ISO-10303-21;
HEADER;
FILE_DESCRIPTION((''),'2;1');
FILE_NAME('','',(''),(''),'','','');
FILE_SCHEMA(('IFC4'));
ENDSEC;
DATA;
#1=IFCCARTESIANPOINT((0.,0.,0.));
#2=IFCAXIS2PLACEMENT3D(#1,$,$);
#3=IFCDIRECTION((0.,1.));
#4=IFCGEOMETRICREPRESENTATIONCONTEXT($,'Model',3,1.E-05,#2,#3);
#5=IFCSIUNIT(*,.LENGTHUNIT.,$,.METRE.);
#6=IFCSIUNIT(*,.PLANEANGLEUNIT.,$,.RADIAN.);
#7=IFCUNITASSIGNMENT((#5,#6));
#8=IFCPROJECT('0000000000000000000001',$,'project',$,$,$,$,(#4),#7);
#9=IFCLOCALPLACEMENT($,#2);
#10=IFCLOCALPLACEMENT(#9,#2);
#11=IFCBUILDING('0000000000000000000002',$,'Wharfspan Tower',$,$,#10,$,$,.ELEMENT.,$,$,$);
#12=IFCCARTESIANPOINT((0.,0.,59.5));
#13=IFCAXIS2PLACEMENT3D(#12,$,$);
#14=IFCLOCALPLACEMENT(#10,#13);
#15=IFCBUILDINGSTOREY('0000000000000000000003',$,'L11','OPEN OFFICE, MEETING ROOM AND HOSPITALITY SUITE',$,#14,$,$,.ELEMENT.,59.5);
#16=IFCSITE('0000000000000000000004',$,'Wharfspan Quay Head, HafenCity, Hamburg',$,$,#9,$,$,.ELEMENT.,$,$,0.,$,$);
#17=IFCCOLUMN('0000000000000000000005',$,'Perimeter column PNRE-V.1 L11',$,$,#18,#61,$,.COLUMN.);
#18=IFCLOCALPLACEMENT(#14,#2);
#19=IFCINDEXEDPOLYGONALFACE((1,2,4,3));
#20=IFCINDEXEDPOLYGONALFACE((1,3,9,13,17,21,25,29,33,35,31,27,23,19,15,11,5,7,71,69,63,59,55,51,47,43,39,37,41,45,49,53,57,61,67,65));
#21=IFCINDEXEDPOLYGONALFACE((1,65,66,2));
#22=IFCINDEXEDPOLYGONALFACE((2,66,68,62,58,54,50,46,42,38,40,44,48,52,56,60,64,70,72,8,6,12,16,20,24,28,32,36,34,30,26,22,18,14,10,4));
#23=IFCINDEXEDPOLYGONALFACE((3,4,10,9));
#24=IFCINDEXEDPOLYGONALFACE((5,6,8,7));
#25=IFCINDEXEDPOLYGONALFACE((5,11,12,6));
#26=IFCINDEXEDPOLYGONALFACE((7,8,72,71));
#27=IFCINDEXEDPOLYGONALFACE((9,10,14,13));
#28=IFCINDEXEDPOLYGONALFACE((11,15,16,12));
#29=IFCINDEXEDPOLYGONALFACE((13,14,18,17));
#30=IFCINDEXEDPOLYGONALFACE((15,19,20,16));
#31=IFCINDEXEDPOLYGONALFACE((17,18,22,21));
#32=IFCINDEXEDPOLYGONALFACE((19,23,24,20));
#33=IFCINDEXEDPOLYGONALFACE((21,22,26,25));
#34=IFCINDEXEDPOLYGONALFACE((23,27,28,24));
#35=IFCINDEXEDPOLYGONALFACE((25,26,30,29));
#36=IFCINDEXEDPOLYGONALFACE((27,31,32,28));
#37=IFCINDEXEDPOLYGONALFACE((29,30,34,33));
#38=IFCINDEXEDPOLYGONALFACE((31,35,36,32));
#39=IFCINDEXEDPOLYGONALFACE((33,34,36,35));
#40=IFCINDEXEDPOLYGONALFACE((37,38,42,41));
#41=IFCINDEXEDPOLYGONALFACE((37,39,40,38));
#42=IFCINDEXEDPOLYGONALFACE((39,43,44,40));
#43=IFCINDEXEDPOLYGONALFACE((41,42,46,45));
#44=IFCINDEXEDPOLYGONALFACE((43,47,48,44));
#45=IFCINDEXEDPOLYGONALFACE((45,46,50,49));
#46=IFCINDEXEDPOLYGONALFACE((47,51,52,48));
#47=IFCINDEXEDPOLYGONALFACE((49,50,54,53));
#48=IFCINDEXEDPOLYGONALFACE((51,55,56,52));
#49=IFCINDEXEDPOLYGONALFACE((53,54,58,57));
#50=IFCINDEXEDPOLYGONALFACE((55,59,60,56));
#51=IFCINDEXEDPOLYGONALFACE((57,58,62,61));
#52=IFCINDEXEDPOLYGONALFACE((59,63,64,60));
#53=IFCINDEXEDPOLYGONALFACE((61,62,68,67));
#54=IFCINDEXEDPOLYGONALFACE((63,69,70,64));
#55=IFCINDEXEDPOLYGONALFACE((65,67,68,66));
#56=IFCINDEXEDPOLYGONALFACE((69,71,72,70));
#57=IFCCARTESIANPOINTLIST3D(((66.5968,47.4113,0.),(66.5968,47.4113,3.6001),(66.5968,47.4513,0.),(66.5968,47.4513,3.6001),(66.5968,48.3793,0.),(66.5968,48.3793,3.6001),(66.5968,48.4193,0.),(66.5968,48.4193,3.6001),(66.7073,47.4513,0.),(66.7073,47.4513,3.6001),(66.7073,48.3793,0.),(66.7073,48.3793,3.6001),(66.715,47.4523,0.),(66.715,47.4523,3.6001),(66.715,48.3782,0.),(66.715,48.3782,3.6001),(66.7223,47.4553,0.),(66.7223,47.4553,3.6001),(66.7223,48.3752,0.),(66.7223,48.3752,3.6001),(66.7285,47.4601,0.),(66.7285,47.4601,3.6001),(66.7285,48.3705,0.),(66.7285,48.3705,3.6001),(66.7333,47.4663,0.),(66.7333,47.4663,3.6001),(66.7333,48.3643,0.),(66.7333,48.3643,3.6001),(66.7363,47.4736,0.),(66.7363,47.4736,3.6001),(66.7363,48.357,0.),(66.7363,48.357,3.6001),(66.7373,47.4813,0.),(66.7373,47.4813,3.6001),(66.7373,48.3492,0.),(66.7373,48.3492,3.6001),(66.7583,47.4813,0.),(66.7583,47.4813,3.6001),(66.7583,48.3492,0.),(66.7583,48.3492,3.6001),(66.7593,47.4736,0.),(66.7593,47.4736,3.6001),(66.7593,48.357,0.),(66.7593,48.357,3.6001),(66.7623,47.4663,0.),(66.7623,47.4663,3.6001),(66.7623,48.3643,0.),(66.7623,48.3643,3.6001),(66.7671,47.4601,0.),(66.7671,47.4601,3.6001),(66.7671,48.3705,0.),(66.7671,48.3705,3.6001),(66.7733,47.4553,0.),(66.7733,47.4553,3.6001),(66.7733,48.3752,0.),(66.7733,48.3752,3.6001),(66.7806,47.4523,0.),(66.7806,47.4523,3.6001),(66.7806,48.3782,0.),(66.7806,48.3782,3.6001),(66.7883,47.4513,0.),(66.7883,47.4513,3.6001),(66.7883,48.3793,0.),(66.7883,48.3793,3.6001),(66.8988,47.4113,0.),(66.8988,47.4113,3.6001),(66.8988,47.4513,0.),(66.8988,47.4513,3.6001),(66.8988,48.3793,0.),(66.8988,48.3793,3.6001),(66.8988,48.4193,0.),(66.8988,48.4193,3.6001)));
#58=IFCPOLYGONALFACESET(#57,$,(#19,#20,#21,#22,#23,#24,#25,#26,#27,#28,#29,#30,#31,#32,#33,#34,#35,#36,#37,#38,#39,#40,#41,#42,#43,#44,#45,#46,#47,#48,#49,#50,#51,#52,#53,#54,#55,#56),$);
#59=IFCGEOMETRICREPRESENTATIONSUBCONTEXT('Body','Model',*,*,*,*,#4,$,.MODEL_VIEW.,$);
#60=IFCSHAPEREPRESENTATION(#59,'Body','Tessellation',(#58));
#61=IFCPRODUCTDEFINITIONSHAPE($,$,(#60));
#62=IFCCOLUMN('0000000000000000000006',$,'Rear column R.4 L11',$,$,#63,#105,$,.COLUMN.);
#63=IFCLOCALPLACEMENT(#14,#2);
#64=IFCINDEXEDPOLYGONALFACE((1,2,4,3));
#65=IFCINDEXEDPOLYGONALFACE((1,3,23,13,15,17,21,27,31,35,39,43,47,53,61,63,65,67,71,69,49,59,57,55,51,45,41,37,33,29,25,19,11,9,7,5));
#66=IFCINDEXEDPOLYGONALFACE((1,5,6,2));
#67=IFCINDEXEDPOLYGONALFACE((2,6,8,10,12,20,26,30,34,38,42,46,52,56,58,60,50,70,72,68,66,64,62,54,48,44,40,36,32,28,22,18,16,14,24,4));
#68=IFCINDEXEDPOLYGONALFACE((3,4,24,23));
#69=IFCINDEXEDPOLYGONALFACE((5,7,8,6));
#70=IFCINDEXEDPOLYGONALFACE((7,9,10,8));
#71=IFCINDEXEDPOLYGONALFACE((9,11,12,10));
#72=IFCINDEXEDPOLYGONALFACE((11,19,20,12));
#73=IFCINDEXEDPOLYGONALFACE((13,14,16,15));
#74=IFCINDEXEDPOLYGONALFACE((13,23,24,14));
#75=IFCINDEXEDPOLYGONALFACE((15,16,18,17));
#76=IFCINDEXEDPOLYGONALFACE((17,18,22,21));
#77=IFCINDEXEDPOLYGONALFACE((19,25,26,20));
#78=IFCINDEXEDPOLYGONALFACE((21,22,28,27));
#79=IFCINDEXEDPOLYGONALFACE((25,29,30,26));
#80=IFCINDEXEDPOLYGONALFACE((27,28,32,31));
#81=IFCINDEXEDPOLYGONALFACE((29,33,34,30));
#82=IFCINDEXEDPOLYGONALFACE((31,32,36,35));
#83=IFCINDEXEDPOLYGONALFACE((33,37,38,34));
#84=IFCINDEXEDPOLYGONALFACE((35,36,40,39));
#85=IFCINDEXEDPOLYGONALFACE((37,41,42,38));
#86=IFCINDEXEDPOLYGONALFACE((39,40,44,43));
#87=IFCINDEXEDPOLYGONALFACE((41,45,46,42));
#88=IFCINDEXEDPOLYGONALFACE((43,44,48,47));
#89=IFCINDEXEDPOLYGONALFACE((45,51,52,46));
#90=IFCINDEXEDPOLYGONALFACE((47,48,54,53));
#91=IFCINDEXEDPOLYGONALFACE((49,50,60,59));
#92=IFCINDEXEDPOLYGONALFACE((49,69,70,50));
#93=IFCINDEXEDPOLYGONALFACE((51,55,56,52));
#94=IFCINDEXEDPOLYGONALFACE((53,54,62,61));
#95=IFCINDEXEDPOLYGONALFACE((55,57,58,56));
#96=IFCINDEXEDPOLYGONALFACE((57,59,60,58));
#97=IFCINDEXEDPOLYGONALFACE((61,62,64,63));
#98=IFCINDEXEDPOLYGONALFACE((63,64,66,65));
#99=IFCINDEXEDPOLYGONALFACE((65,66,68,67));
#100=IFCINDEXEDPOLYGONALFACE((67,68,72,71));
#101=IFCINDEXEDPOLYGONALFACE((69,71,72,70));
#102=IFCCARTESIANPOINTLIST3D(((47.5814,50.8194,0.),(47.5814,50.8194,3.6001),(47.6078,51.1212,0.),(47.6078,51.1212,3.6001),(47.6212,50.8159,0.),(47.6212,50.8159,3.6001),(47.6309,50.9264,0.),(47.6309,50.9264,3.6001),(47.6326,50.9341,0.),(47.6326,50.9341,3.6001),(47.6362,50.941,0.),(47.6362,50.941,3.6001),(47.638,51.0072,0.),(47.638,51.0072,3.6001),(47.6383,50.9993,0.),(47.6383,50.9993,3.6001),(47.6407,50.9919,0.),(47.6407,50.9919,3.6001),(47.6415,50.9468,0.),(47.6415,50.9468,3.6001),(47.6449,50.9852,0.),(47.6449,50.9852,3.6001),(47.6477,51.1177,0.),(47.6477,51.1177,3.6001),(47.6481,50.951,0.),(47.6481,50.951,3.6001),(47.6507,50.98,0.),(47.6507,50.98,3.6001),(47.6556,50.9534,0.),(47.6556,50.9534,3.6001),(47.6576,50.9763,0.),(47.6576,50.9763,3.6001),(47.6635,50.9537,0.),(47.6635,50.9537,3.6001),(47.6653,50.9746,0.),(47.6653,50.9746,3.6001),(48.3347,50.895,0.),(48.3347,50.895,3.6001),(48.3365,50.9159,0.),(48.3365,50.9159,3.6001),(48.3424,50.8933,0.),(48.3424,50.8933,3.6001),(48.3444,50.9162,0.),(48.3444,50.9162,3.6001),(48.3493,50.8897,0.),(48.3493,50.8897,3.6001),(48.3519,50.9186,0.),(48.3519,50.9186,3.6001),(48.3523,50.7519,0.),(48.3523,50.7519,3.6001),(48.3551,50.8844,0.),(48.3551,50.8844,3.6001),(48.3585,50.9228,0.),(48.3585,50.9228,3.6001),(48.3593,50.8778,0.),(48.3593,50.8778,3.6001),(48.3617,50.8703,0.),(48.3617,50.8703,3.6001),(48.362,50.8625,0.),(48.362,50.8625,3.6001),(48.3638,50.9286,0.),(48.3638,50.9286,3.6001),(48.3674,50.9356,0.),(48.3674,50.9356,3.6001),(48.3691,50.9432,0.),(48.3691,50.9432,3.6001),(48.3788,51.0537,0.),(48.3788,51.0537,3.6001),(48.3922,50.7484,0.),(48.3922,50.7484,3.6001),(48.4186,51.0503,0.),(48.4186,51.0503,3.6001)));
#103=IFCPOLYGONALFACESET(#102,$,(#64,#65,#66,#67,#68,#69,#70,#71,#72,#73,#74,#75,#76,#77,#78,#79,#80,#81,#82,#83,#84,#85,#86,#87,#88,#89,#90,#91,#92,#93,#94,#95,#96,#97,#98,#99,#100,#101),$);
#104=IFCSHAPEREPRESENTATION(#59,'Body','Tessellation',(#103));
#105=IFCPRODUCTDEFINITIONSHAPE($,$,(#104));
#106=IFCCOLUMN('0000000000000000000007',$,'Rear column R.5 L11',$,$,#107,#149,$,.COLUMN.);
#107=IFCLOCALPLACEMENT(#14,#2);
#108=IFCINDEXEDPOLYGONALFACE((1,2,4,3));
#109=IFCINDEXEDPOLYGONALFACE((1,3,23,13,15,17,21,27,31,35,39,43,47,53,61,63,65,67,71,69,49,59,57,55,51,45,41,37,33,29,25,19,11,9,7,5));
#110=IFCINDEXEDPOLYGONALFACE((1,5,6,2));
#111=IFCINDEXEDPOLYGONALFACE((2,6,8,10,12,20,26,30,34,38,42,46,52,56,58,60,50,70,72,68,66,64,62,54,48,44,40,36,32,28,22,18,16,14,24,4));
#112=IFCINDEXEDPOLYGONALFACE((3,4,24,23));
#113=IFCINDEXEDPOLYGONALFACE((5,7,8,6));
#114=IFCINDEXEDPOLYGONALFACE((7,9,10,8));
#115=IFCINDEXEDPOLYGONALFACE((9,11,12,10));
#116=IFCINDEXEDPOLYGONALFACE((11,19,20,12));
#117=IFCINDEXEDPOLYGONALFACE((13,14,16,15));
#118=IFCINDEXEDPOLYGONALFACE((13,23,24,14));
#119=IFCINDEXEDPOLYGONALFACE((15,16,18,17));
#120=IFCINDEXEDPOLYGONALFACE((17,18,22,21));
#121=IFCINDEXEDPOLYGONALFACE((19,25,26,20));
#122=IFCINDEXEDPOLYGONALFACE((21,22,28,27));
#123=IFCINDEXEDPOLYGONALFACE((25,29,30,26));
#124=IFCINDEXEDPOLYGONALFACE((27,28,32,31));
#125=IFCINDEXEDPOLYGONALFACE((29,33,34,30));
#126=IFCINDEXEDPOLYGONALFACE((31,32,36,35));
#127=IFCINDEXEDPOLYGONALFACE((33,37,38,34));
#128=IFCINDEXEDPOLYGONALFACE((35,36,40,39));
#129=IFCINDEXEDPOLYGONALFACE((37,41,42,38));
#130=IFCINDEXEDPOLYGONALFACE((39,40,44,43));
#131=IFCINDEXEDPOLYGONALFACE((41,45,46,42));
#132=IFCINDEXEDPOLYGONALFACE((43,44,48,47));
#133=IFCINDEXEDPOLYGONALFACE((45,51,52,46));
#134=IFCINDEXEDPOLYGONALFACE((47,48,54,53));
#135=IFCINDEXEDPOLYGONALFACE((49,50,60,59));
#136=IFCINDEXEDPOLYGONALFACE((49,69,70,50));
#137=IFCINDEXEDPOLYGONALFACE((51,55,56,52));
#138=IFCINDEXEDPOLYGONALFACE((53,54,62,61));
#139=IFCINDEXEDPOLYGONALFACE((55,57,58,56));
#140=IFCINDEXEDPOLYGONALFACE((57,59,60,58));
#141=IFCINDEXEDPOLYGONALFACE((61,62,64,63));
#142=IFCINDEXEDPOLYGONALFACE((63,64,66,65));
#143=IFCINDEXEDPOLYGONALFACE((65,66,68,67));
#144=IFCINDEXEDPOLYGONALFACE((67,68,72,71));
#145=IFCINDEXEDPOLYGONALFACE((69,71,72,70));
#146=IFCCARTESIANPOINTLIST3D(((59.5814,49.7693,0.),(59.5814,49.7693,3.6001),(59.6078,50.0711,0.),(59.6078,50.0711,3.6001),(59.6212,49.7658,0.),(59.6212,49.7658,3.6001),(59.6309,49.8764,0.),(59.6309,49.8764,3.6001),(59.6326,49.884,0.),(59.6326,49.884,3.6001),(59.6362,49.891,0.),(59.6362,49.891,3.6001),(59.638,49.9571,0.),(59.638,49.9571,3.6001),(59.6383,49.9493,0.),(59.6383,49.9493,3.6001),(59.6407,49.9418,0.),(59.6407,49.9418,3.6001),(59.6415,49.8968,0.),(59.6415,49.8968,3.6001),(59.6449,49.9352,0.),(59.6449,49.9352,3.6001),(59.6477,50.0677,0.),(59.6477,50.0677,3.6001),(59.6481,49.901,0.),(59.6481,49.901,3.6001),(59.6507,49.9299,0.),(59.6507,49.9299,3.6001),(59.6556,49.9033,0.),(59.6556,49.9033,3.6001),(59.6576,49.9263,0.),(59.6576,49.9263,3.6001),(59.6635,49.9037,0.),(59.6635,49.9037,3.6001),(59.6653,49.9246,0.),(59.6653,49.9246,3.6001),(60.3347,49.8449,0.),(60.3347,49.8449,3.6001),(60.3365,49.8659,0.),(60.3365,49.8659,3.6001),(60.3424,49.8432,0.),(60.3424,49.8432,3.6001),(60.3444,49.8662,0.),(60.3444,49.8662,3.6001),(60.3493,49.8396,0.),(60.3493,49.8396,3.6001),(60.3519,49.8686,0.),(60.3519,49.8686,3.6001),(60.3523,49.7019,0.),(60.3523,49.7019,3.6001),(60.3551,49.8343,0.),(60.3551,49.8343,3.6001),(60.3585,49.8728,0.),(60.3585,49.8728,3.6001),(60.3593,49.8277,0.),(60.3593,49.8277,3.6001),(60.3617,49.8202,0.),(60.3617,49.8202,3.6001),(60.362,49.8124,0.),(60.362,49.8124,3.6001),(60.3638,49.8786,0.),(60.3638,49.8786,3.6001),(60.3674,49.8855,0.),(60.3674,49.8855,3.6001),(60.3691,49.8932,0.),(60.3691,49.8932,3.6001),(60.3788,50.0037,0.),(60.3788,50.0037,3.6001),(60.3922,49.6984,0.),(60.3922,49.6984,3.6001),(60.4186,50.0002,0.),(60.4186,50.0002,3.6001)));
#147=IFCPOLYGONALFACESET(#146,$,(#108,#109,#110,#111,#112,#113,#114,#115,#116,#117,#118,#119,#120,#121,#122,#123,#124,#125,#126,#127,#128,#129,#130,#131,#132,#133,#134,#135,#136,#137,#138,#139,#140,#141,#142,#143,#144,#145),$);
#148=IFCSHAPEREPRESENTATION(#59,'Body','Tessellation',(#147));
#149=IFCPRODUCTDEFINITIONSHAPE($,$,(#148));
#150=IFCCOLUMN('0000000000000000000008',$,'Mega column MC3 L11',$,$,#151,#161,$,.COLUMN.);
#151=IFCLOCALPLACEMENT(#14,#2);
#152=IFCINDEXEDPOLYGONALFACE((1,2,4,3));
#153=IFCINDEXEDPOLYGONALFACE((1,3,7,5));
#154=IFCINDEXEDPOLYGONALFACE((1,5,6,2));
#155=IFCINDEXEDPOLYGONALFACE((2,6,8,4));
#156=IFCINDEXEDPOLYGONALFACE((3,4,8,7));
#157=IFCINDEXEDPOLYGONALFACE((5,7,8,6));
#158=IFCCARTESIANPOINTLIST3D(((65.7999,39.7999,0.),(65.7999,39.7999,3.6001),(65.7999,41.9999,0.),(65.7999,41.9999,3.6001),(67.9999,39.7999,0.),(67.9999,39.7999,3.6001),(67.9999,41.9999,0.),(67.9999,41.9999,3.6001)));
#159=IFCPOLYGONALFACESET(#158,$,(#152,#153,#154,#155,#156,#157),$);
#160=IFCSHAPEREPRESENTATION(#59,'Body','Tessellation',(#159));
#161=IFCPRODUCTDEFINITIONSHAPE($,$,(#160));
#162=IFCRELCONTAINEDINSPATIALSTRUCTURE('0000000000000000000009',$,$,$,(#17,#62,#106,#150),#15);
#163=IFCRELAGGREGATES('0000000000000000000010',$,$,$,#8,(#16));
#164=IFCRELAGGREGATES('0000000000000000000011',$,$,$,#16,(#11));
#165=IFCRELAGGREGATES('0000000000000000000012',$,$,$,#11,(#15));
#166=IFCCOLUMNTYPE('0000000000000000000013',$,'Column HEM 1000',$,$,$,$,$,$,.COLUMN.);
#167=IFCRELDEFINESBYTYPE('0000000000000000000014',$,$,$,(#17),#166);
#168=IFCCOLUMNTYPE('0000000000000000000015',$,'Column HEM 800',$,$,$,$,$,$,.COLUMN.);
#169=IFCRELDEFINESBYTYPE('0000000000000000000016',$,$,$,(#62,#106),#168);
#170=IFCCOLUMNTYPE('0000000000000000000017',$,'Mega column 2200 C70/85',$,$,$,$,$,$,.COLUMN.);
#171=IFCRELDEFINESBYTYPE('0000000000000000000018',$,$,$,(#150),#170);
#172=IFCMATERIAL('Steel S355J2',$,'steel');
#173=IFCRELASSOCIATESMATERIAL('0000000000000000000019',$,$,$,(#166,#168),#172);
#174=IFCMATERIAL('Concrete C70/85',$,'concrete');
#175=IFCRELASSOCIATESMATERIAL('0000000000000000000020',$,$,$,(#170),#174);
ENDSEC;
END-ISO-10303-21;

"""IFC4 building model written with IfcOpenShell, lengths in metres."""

from ifc_helpers import new_model, si_unit, direction, frame, origin, origin_2d, place, context, subcontext, project, spatial, rectangle, i_section, extrude, material, material_profile, profile_set, type_object, element, save


model = new_model("IFC4")

# Units and contexts
model_context = context("Model", 3, precision=1e-05, world=origin(), true_north=direction((0.0, 1.0)))
body_context = subcontext(model_context, "Body", "Model", "MODEL_VIEW")
ifc_project = project(units=[si_unit("LENGTHUNIT", "METRE"), si_unit("PLANEANGLEUNIT", "RADIAN")], contexts=[model_context])

# Site, building, storey
site_placement = place(None, origin())
site = spatial("IfcSite", under=ifc_project, at=site_placement, Name="Wharfspan Quay Head, HafenCity, Hamburg", CompositionType="ELEMENT", RefElevation=0.0)
building_placement = place(site_placement, origin())
building = spatial("IfcBuilding", under=site, at=building_placement, Name="Wharfspan Tower", CompositionType="ELEMENT")
storey_placement = place(building_placement, frame((0.0, 0.0, 59.5)))
storey = spatial("IfcBuildingStorey", under=building, at=storey_placement, Name="L11", Description="OPEN OFFICE, MEETING ROOM AND HOSPITALITY SUITE", CompositionType="ELEMENT", Elevation=59.5)

# Columns
ifc_material_1 = material(Name="Steel S355J2", Category="steel")
ifc_material_profile_1 = material_profile(ifc_material_1, i_section(OverallWidth=0.302, OverallDepth=1.0081, WebThickness=0.021, FlangeThickness=0.04, FilletRadius=0.03, at=origin_2d()))
ifc_profile_set_1 = profile_set([ifc_material_profile_1], Name="Steel S355J2")
column_type_1 = type_object("IfcColumnType", Name="Column HEM 1000", PredefinedType="COLUMN", material=ifc_profile_set_1)
column_1_placement = place(storey_placement, frame((66.7478, 47.9153, 0.0), z_axis=(0.0, 0.0, 1.0), x_axis=(1.0, 0.0, 0.0)))
element("IfcColumn", 1, at=column_1_placement, inside=storey, type_object=column_type_1, Name="Perimeter column PNRE-V.1 L11", PredefinedType="COLUMN", context=body_context, shape_type="SweptSolid", body=[
    extrude(i_section(OverallWidth=0.302, OverallDepth=1.0081, WebThickness=0.021, FlangeThickness=0.04, FilletRadius=0.03, at=origin_2d()), origin(), (0.0, 0.0, 1.0), 3.6001),
])
ifc_material_profile_2 = material_profile(ifc_material_1, i_section(OverallWidth=0.303, OverallDepth=0.814, WebThickness=0.021, FlangeThickness=0.04, FilletRadius=0.03, at=origin_2d()))
ifc_profile_set_2 = profile_set([ifc_material_profile_2], Name="Steel S355J2")
column_type_2 = type_object("IfcColumnType", Name="Column HEM 800", PredefinedType="COLUMN", material=ifc_profile_set_2)
for number, where, z_axis, x_axis, name in (
    (2, (48.0, 50.9348, 0.0), (0.0, 0.0, 1.0), (0.087156, 0.996197, 0.0), "Rear column R.4 L11"),
    (3, (60.0, 49.8848, 0.0), (0.0, 0.0, 1.0), (0.087156, 0.996197, 0.0), "Rear column R.5 L11"),
):
    element("IfcColumn", number, at=place(storey_placement, frame(where, z_axis=z_axis, x_axis=x_axis)), inside=storey, type_object=column_type_2, Name=name, PredefinedType="COLUMN", context=body_context, shape_type="SweptSolid", body=[
        extrude(i_section(OverallWidth=0.303, OverallDepth=0.814, WebThickness=0.021, FlangeThickness=0.04, FilletRadius=0.03, at=origin_2d()), origin(), (0.0, 0.0, 1.0), 3.6001),
    ])
ifc_material_2 = material(Name="Concrete C70/85", Category="concrete")
ifc_material_profile_3 = material_profile(ifc_material_2, rectangle(XDim=2.2, YDim=2.2, at=origin_2d()))
ifc_profile_set_3 = profile_set([ifc_material_profile_3], Name="Concrete C70/85")
column_type_3 = type_object("IfcColumnType", Name="Mega column 2200 C70/85", PredefinedType="COLUMN", material=ifc_profile_set_3)
column_2_placement = place(storey_placement, frame((66.8999, 40.8999, 0.0), z_axis=(0.0, 0.0, 1.0), x_axis=(1.0, 0.0, 0.0)))
element("IfcColumn", 4, at=column_2_placement, inside=storey, type_object=column_type_3, Name="Mega column MC3 L11", PredefinedType="COLUMN", context=body_context, shape_type="SweptSolid", body=[
    extrude(rectangle(XDim=2.2, YDim=2.2, at=origin_2d()), origin(), (0.0, 0.0, 1.0), 3.6001),
])

save(model, "model.ifc")
